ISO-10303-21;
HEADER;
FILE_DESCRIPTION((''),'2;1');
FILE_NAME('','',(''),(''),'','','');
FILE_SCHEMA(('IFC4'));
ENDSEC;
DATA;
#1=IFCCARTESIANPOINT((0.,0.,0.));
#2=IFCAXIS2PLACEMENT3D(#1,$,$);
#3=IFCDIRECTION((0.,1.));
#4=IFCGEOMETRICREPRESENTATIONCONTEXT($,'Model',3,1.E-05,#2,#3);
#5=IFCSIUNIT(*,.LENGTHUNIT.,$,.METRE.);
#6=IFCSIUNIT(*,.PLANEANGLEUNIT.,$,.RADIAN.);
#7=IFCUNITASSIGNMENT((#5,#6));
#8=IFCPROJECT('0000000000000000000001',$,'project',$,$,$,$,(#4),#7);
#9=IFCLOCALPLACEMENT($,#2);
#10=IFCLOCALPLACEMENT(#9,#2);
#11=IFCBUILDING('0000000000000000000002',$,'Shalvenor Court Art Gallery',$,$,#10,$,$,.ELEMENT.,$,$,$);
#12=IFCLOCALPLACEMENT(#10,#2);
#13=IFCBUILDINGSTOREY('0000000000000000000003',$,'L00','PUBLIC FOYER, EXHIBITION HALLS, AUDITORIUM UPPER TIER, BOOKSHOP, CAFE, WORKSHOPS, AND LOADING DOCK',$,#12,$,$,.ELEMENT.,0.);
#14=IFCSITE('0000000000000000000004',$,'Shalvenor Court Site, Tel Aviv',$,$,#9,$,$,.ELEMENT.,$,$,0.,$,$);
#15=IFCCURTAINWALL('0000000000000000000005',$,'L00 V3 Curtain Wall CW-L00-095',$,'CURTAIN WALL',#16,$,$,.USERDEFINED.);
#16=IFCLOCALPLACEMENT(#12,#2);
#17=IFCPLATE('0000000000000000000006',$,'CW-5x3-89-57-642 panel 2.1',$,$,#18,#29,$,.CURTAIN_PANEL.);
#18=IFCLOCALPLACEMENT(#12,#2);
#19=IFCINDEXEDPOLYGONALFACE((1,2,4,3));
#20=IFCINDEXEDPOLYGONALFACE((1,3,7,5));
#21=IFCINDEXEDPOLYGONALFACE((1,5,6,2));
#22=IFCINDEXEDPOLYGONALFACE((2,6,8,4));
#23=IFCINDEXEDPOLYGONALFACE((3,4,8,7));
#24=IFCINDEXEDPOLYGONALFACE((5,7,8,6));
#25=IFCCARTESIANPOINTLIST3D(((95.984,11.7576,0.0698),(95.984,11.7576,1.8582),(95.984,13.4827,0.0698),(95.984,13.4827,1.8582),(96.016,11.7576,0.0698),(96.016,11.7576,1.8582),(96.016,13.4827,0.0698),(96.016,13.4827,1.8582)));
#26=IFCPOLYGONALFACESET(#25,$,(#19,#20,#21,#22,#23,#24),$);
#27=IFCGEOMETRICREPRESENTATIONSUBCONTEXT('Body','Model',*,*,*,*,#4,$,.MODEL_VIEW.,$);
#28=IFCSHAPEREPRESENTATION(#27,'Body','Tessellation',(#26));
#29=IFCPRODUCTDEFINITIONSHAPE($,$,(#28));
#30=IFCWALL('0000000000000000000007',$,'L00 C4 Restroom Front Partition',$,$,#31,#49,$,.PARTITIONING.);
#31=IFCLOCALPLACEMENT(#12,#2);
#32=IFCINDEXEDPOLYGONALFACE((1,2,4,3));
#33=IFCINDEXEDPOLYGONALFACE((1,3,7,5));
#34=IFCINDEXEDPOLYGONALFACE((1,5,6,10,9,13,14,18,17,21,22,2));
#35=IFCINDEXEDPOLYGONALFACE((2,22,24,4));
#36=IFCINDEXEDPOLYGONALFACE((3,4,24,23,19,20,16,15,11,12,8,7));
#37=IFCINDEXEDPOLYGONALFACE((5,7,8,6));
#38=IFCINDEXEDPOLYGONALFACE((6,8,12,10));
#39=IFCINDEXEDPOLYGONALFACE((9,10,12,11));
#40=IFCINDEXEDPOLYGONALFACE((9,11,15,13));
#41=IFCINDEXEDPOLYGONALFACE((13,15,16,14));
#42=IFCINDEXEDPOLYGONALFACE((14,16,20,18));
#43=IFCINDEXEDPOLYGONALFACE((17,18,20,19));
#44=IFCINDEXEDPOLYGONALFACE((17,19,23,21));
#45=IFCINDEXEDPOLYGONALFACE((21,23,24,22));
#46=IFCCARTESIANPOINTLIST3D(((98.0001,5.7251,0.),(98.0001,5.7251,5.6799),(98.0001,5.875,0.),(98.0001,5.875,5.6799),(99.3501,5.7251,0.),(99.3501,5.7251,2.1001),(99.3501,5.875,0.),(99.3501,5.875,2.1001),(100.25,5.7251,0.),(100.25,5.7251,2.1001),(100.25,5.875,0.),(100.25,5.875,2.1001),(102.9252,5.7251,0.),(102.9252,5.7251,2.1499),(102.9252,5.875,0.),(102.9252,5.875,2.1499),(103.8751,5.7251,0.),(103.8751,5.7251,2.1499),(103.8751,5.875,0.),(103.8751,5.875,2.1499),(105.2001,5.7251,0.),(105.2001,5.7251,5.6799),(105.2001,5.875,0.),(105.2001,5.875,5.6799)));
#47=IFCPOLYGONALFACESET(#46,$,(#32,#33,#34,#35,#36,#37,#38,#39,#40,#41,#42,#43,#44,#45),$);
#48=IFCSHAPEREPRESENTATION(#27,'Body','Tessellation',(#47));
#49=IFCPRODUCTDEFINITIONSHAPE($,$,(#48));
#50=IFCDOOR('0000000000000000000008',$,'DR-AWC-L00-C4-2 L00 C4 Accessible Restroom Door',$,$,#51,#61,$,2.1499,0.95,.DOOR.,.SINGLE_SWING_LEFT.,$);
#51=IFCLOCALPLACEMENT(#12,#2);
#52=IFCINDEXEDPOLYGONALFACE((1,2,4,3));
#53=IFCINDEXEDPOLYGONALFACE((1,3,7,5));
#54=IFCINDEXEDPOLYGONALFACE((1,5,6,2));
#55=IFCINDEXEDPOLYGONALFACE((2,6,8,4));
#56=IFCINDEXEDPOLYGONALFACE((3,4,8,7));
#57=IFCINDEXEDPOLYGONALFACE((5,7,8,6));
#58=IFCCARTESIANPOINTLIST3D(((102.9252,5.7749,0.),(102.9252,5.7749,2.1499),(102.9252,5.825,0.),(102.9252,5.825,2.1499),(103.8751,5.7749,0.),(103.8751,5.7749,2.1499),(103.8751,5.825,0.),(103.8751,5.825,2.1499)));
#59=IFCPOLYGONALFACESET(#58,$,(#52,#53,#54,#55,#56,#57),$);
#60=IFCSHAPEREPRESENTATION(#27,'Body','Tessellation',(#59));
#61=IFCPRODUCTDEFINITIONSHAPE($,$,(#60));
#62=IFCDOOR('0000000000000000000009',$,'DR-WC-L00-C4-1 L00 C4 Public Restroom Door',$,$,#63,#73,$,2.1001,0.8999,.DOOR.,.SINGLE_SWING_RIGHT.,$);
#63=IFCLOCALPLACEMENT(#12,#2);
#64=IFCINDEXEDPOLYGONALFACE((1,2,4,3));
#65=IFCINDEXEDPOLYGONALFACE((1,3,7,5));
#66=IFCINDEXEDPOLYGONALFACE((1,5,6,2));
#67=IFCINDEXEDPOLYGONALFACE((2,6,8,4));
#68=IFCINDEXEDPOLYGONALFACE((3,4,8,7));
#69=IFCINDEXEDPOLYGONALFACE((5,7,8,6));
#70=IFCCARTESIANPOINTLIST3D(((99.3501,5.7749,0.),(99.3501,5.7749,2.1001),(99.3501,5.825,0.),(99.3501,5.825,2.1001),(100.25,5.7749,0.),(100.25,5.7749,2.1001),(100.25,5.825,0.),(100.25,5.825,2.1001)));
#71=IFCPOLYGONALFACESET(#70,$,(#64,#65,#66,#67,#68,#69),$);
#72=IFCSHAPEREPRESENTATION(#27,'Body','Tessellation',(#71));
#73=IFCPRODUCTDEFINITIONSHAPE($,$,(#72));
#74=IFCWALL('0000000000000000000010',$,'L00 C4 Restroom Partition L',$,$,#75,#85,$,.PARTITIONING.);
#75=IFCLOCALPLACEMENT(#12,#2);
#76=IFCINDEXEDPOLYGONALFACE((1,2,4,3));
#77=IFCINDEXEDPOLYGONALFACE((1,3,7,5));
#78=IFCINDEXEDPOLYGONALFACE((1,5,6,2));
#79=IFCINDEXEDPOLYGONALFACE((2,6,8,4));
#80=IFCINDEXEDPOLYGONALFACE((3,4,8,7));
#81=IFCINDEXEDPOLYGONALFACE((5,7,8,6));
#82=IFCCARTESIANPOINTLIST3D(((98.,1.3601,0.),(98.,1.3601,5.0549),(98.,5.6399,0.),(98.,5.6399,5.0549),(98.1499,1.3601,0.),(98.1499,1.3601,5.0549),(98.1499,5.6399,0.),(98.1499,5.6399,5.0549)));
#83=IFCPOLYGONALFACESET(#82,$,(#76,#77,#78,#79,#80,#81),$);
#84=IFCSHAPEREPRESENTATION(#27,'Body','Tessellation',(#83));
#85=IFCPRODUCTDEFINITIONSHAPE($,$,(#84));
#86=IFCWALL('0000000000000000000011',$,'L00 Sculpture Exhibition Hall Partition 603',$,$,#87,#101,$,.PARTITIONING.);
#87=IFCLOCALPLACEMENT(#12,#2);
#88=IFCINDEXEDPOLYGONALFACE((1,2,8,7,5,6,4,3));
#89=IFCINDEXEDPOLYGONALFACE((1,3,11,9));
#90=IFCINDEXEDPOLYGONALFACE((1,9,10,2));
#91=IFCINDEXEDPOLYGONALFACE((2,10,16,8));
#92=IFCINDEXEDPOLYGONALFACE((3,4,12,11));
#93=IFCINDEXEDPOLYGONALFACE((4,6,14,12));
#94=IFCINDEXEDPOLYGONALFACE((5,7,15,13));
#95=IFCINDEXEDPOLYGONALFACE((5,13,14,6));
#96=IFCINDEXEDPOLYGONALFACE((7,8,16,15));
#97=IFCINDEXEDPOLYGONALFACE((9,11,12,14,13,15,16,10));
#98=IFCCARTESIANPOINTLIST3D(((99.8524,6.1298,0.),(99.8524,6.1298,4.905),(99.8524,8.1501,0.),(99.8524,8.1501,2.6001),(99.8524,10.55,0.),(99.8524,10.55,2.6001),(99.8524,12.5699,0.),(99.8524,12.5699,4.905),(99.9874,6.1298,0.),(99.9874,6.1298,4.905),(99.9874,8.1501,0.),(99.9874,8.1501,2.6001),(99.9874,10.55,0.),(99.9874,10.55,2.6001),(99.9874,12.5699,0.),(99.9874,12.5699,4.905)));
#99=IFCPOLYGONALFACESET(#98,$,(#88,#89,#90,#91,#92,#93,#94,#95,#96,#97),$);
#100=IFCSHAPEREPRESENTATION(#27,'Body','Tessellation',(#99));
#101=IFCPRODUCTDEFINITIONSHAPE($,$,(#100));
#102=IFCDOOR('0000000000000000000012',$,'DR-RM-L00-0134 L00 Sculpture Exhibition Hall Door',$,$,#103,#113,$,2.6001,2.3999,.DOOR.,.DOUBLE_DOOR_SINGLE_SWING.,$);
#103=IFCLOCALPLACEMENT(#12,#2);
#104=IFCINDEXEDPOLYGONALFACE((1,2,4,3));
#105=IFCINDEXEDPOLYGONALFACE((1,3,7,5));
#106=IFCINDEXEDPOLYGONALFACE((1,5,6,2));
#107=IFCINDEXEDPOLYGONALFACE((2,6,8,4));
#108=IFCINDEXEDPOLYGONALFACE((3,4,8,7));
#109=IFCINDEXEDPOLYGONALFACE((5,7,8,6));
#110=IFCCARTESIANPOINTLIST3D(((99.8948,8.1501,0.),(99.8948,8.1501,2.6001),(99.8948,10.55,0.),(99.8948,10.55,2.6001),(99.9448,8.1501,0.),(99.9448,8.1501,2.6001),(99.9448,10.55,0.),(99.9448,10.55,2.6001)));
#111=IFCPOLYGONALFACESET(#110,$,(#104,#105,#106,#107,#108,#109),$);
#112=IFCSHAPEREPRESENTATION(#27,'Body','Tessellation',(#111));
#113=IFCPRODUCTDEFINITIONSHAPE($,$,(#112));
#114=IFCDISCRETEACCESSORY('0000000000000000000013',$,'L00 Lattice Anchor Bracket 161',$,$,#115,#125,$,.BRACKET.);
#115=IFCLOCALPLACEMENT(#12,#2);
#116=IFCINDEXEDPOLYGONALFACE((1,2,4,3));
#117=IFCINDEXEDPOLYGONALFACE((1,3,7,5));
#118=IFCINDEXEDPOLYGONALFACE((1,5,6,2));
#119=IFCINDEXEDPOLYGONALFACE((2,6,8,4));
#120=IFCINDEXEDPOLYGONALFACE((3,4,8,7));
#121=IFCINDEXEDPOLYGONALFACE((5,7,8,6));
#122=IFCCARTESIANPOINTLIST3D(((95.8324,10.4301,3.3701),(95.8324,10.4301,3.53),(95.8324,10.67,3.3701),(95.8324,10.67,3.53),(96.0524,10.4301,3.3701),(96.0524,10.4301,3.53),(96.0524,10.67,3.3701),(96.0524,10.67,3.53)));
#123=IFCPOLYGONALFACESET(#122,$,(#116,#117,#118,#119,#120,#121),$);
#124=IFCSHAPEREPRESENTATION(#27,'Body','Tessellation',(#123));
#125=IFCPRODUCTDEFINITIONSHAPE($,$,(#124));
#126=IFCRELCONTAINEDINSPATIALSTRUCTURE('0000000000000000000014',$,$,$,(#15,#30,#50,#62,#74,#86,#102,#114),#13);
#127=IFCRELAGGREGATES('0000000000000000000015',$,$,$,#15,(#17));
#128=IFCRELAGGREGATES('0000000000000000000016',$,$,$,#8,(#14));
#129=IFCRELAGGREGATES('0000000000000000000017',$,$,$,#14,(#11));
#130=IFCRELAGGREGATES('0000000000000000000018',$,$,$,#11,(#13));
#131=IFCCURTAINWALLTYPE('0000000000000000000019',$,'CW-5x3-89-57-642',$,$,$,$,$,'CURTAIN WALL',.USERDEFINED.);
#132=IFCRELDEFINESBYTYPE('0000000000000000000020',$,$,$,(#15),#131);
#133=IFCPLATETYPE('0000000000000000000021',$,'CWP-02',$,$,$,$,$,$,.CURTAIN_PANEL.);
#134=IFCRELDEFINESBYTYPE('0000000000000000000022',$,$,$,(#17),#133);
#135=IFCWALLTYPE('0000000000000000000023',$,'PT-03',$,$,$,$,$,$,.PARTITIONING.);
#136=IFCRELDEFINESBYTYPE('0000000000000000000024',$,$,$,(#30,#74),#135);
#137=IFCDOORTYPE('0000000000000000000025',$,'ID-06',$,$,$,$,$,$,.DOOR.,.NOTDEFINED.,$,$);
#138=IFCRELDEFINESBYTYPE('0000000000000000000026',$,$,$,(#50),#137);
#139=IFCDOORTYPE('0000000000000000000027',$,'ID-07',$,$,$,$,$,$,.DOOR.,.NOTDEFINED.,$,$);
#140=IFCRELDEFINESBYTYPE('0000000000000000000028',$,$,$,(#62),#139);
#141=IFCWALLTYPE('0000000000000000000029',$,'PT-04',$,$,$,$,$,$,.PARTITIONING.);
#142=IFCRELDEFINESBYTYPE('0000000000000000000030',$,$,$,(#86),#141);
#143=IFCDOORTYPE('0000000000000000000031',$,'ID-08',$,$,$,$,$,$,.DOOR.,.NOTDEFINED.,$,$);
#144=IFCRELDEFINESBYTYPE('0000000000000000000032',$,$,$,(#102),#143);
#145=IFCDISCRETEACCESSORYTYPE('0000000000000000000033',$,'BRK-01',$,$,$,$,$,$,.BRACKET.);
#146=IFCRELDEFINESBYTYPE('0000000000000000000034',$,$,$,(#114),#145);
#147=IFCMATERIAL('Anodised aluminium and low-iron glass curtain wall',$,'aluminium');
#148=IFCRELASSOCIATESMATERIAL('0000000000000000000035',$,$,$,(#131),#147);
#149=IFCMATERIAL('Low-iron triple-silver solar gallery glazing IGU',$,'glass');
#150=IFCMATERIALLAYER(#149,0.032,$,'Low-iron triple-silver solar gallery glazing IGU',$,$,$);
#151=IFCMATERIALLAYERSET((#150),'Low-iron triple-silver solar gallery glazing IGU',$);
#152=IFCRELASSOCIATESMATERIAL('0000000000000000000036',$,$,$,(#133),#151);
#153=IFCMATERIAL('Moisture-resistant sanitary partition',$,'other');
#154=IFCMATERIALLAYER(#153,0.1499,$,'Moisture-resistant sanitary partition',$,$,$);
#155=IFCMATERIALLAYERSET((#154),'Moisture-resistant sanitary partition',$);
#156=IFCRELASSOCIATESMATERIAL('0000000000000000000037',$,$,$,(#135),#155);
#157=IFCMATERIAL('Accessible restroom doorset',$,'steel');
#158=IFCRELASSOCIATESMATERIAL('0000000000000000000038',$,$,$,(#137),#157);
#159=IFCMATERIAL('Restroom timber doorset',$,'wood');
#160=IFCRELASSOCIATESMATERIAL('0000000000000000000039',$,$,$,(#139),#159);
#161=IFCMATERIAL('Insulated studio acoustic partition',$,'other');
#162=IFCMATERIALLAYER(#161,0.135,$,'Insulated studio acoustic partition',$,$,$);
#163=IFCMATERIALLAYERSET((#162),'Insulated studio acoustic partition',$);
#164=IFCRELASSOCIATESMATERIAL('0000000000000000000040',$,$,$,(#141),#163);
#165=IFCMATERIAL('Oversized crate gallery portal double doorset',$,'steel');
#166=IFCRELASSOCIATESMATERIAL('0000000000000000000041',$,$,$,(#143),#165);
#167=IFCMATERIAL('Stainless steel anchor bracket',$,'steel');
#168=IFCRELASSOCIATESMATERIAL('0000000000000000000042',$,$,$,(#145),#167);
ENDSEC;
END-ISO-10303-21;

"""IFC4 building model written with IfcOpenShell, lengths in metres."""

from ifc_helpers import new_model, si_unit, direction, frame, frame_2d, origin, origin_2d, place, context, subcontext, project, spatial, rectangle, extrude, material, layer, layer_set, type_object, element, fill, aggregate, save


model = new_model("IFC4")

# Units and contexts
model_context = context("Model", 3, precision=1e-05, world=origin(), true_north=direction((0.0, 1.0)))
body_context = subcontext(model_context, "Body", "Model", "MODEL_VIEW")
ifc_project = project(units=[si_unit("LENGTHUNIT", "METRE"), si_unit("PLANEANGLEUNIT", "RADIAN")], contexts=[model_context])

# Site, building, storey
site_placement = place(None, origin())
site = spatial("IfcSite", under=ifc_project, at=site_placement, Name="Shalvenor Court Site, Tel Aviv", CompositionType="ELEMENT", RefElevation=0.0)
building_placement = place(site_placement, origin())
building = spatial("IfcBuilding", under=site, at=building_placement, Name="Shalvenor Court Art Gallery", CompositionType="ELEMENT")
storey_placement = place(building_placement, origin())
storey = spatial("IfcBuildingStorey", under=building, at=storey_placement, Name="L00", Description="PUBLIC FOYER, EXHIBITION HALLS, AUDITORIUM UPPER TIER, BOOKSHOP, CAFE, WORKSHOPS, AND LOADING DOCK", CompositionType="ELEMENT", Elevation=0.0)

# Curtain wall
ifc_material_1 = material(Name="Anodised aluminium and low-iron glass curtain wall", Category="aluminium")
curtain_wall_type = type_object("IfcCurtainWallType", Name="CW-5x3-89-57-642", ElementType="CURTAIN WALL", PredefinedType="USERDEFINED", material=ifc_material_1)
curtain_wall_placement = place(storey_placement, origin())
curtain_wall = element("IfcCurtainWall", 1, at=curtain_wall_placement, inside=storey, type_object=curtain_wall_type, Name="L00 V3 Curtain Wall CW-L00-095", ObjectType="CURTAIN WALL", PredefinedType="USERDEFINED")

# Plate
ifc_material_2 = material(Name="Low-iron triple-silver solar gallery glazing IGU", Category="glass")
ifc_layer_1 = layer(ifc_material_2, 0.032, Name="Low-iron triple-silver solar gallery glazing IGU")
ifc_layer_set_1 = layer_set([ifc_layer_1], Name="Low-iron triple-silver solar gallery glazing IGU")
plate_type = type_object("IfcPlateType", Name="CWP-02", PredefinedType="CURTAIN_PANEL", material=ifc_layer_set_1)
plate_1_placement = place(storey_placement, frame((96.0, 12.6201, 0.0698), z_axis=(0.0, 0.0, 1.0), x_axis=(0.0, 1.0, 0.0)))
plate_1 = element("IfcPlate", 2, at=plate_1_placement, type_object=plate_type, Name="CW-5x3-89-57-642 panel 2.1", PredefinedType="CURTAIN_PANEL", context=body_context, shape_type="SweptSolid", body=[
    extrude(rectangle(XDim=1.7251, YDim=0.032, at=origin_2d()), origin(), (0.0, 0.0, 1.0), 1.7883),
])
aggregate(curtain_wall, [plate_1])

# Wall, openings, doors
ifc_material_3 = material(Name="Moisture-resistant sanitary partition", Category="other")
ifc_layer_2 = layer(ifc_material_3, 0.1499, Name="Moisture-resistant sanitary partition")
ifc_layer_set_2 = layer_set([ifc_layer_2], Name="Moisture-resistant sanitary partition")
wall_type_1 = type_object("IfcWallType", Name="PT-03", PredefinedType="PARTITIONING", material=ifc_layer_set_2)
wall_1_placement = place(storey_placement, frame((98.0, 5.8, 0.0), z_axis=(0.0, 0.0, 1.0), x_axis=(1.0, 0.0, 0.0)))
wall_1 = element("IfcWall", 3, at=wall_1_placement, inside=storey, type_object=wall_type_1, Name="L00 C4 Restroom Front Partition", PredefinedType="PARTITIONING", context=body_context, shape_type="SweptSolid", body=[
    extrude(rectangle(XDim=7.2, YDim=0.1499, at=frame_2d((3.6001, 0.0))), origin(), (0.0, 0.0, 1.0), 5.6799),
])
opening_1_placement = place(wall_1_placement, frame((1.3501, 0.0, 0.0)))
opening_1 = element("IfcOpeningElement", 4, at=opening_1_placement, cuts=wall_1, PredefinedType="OPENING", context=body_context, shape_type="SweptSolid", body=[
    extrude(rectangle(XDim=0.8999, YDim=2.1001, at=frame_2d((0.45, 1.05))), frame((0.0, 0.085, 0.0), z_axis=(0.0, -1.0, 0.0), x_axis=(1.0, 0.0, 0.0)), (0.0, 0.0, 1.0), 0.1699),
])
opening_2_placement = place(wall_1_placement, frame((4.925, 0.0, 0.0)))
opening_2 = element("IfcOpeningElement", 5, at=opening_2_placement, cuts=wall_1, PredefinedType="OPENING", context=body_context, shape_type="SweptSolid", body=[
    extrude(rectangle(XDim=0.95, YDim=2.1499, at=frame_2d((0.4751, 1.075))), frame((0.0, 0.085, 0.0), z_axis=(0.0, -1.0, 0.0), x_axis=(1.0, 0.0, 0.0)), (0.0, 0.0, 1.0), 0.1699),
])
ifc_material_4 = material(Name="Accessible restroom doorset", Category="steel")
door_type_1 = type_object("IfcDoorType", Name="ID-06", OperationType="NOTDEFINED", PredefinedType="DOOR", material=ifc_material_4)
door_1_placement = place(opening_2_placement, origin())
door_1 = element("IfcDoor", 6, at=door_1_placement, inside=storey, type_object=door_type_1, Name="DR-AWC-L00-C4-2 L00 C4 Accessible Restroom Door", OperationType="SINGLE_SWING_LEFT", OverallHeight=2.1499, OverallWidth=0.95, PredefinedType="DOOR", context=body_context, shape_type="SweptSolid", body=[
    extrude(rectangle(XDim=0.95, YDim=2.1499, at=frame_2d((0.4751, 1.075))), frame((0.0, 0.0249, 0.0), z_axis=(0.0, -1.0, 0.0), x_axis=(1.0, 0.0, 0.0)), (0.0, 0.0, 1.0), 0.05),
])
fill(opening_2, door_1)
ifc_material_5 = material(Name="Restroom timber doorset", Category="wood")
door_type_2 = type_object("IfcDoorType", Name="ID-07", OperationType="NOTDEFINED", PredefinedType="DOOR", material=ifc_material_5)
door_2_placement = place(opening_1_placement, origin())
door_2 = element("IfcDoor", 7, at=door_2_placement, inside=storey, type_object=door_type_2, Name="DR-WC-L00-C4-1 L00 C4 Public Restroom Door", OperationType="SINGLE_SWING_RIGHT", OverallHeight=2.1001, OverallWidth=0.8999, PredefinedType="DOOR", context=body_context, shape_type="SweptSolid", body=[
    extrude(rectangle(XDim=0.8999, YDim=2.1001, at=frame_2d((0.45, 1.05))), frame((0.0, 0.0249, 0.0), z_axis=(0.0, -1.0, 0.0), x_axis=(1.0, 0.0, 0.0)), (0.0, 0.0, 1.0), 0.05),
])
fill(opening_1, door_2)

# Wall
wall_2_placement = place(storey_placement, frame((98.075, 1.3601, 0.0), z_axis=(0.0, 0.0, 1.0), x_axis=(0.0, 1.0, 0.0)))
element("IfcWall", 8, at=wall_2_placement, inside=storey, type_object=wall_type_1, Name="L00 C4 Restroom Partition L", PredefinedType="PARTITIONING", context=body_context, shape_type="SweptSolid", body=[
    extrude(rectangle(XDim=4.2798, YDim=0.1499, at=frame_2d((2.1399, 0.0))), origin(), (0.0, 0.0, 1.0), 5.0549),
])

# Wall, opening, door
ifc_material_6 = material(Name="Insulated studio acoustic partition", Category="other")
ifc_layer_3 = layer(ifc_material_6, 0.135, Name="Insulated studio acoustic partition")
ifc_layer_set_3 = layer_set([ifc_layer_3], Name="Insulated studio acoustic partition")
wall_type_2 = type_object("IfcWallType", Name="PT-04", PredefinedType="PARTITIONING", material=ifc_layer_set_3)
wall_3_placement = place(storey_placement, frame((99.9199, 12.5701, 0.0), z_axis=(0.0, 0.0, 1.0), x_axis=(0.0, -1.0, 0.0)))
wall_3 = element("IfcWall", 9, at=wall_3_placement, inside=storey, type_object=wall_type_2, Name="L00 Sculpture Exhibition Hall Partition 603", PredefinedType="PARTITIONING", context=body_context, shape_type="SweptSolid", body=[
    extrude(rectangle(XDim=6.4402, YDim=0.135, at=frame_2d((3.2202, 0.0))), origin(), (0.0, 0.0, 1.0), 4.905),
])
opening_3_placement = place(wall_3_placement, frame((2.02, 0.0, 0.0)))
opening_3 = element("IfcOpeningElement", 10, at=opening_3_placement, cuts=wall_3, PredefinedType="OPENING", context=body_context, shape_type="SweptSolid", body=[
    extrude(rectangle(XDim=2.3999, YDim=2.6001, at=frame_2d((1.2, 1.3))), frame((0.0, 0.0774, 0.0), z_axis=(0.0, -1.0, 0.0), x_axis=(1.0, 0.0, 0.0)), (0.0, 0.0, 1.0), 0.155),
])
ifc_material_7 = material(Name="Oversized crate gallery portal double doorset", Category="steel")
door_type_3 = type_object("IfcDoorType", Name="ID-08", OperationType="NOTDEFINED", PredefinedType="DOOR", material=ifc_material_7)
door_3_placement = place(opening_3_placement, origin())
door_3 = element("IfcDoor", 11, at=door_3_placement, inside=storey, type_object=door_type_3, Name="DR-RM-L00-0134 L00 Sculpture Exhibition Hall Door", OperationType="DOUBLE_DOOR_SINGLE_SWING", OverallHeight=2.6001, OverallWidth=2.3999, PredefinedType="DOOR", context=body_context, shape_type="SweptSolid", body=[
    extrude(rectangle(XDim=2.3999, YDim=2.6001, at=frame_2d((1.2, 1.3))), frame((0.0, 0.0249, 0.0), z_axis=(0.0, -1.0, 0.0), x_axis=(1.0, 0.0, 0.0)), (0.0, 0.0, 1.0), 0.05),
])
fill(opening_3, door_3)

# Discrete accessory
ifc_material_8 = material(Name="Stainless steel anchor bracket", Category="steel")
discrete_accessory_type = type_object("IfcDiscreteAccessoryType", Name="BRK-01", PredefinedType="BRACKET", material=ifc_material_8)
discrete_accessory_placement = place(storey_placement, frame((95.9424, 10.55, 3.3701), z_axis=(0.0, 0.0, 1.0), x_axis=(0.0, 1.0, 0.0)))
element("IfcDiscreteAccessory", 12, at=discrete_accessory_placement, inside=storey, type_object=discrete_accessory_type, Name="L00 Lattice Anchor Bracket 161", PredefinedType="BRACKET", context=body_context, shape_type="SweptSolid", body=[
    extrude(rectangle(XDim=0.24, YDim=0.22, at=origin_2d()), origin(), (0.0, 0.0, 1.0), 0.1599),
])

save(model, "model.ifc")
